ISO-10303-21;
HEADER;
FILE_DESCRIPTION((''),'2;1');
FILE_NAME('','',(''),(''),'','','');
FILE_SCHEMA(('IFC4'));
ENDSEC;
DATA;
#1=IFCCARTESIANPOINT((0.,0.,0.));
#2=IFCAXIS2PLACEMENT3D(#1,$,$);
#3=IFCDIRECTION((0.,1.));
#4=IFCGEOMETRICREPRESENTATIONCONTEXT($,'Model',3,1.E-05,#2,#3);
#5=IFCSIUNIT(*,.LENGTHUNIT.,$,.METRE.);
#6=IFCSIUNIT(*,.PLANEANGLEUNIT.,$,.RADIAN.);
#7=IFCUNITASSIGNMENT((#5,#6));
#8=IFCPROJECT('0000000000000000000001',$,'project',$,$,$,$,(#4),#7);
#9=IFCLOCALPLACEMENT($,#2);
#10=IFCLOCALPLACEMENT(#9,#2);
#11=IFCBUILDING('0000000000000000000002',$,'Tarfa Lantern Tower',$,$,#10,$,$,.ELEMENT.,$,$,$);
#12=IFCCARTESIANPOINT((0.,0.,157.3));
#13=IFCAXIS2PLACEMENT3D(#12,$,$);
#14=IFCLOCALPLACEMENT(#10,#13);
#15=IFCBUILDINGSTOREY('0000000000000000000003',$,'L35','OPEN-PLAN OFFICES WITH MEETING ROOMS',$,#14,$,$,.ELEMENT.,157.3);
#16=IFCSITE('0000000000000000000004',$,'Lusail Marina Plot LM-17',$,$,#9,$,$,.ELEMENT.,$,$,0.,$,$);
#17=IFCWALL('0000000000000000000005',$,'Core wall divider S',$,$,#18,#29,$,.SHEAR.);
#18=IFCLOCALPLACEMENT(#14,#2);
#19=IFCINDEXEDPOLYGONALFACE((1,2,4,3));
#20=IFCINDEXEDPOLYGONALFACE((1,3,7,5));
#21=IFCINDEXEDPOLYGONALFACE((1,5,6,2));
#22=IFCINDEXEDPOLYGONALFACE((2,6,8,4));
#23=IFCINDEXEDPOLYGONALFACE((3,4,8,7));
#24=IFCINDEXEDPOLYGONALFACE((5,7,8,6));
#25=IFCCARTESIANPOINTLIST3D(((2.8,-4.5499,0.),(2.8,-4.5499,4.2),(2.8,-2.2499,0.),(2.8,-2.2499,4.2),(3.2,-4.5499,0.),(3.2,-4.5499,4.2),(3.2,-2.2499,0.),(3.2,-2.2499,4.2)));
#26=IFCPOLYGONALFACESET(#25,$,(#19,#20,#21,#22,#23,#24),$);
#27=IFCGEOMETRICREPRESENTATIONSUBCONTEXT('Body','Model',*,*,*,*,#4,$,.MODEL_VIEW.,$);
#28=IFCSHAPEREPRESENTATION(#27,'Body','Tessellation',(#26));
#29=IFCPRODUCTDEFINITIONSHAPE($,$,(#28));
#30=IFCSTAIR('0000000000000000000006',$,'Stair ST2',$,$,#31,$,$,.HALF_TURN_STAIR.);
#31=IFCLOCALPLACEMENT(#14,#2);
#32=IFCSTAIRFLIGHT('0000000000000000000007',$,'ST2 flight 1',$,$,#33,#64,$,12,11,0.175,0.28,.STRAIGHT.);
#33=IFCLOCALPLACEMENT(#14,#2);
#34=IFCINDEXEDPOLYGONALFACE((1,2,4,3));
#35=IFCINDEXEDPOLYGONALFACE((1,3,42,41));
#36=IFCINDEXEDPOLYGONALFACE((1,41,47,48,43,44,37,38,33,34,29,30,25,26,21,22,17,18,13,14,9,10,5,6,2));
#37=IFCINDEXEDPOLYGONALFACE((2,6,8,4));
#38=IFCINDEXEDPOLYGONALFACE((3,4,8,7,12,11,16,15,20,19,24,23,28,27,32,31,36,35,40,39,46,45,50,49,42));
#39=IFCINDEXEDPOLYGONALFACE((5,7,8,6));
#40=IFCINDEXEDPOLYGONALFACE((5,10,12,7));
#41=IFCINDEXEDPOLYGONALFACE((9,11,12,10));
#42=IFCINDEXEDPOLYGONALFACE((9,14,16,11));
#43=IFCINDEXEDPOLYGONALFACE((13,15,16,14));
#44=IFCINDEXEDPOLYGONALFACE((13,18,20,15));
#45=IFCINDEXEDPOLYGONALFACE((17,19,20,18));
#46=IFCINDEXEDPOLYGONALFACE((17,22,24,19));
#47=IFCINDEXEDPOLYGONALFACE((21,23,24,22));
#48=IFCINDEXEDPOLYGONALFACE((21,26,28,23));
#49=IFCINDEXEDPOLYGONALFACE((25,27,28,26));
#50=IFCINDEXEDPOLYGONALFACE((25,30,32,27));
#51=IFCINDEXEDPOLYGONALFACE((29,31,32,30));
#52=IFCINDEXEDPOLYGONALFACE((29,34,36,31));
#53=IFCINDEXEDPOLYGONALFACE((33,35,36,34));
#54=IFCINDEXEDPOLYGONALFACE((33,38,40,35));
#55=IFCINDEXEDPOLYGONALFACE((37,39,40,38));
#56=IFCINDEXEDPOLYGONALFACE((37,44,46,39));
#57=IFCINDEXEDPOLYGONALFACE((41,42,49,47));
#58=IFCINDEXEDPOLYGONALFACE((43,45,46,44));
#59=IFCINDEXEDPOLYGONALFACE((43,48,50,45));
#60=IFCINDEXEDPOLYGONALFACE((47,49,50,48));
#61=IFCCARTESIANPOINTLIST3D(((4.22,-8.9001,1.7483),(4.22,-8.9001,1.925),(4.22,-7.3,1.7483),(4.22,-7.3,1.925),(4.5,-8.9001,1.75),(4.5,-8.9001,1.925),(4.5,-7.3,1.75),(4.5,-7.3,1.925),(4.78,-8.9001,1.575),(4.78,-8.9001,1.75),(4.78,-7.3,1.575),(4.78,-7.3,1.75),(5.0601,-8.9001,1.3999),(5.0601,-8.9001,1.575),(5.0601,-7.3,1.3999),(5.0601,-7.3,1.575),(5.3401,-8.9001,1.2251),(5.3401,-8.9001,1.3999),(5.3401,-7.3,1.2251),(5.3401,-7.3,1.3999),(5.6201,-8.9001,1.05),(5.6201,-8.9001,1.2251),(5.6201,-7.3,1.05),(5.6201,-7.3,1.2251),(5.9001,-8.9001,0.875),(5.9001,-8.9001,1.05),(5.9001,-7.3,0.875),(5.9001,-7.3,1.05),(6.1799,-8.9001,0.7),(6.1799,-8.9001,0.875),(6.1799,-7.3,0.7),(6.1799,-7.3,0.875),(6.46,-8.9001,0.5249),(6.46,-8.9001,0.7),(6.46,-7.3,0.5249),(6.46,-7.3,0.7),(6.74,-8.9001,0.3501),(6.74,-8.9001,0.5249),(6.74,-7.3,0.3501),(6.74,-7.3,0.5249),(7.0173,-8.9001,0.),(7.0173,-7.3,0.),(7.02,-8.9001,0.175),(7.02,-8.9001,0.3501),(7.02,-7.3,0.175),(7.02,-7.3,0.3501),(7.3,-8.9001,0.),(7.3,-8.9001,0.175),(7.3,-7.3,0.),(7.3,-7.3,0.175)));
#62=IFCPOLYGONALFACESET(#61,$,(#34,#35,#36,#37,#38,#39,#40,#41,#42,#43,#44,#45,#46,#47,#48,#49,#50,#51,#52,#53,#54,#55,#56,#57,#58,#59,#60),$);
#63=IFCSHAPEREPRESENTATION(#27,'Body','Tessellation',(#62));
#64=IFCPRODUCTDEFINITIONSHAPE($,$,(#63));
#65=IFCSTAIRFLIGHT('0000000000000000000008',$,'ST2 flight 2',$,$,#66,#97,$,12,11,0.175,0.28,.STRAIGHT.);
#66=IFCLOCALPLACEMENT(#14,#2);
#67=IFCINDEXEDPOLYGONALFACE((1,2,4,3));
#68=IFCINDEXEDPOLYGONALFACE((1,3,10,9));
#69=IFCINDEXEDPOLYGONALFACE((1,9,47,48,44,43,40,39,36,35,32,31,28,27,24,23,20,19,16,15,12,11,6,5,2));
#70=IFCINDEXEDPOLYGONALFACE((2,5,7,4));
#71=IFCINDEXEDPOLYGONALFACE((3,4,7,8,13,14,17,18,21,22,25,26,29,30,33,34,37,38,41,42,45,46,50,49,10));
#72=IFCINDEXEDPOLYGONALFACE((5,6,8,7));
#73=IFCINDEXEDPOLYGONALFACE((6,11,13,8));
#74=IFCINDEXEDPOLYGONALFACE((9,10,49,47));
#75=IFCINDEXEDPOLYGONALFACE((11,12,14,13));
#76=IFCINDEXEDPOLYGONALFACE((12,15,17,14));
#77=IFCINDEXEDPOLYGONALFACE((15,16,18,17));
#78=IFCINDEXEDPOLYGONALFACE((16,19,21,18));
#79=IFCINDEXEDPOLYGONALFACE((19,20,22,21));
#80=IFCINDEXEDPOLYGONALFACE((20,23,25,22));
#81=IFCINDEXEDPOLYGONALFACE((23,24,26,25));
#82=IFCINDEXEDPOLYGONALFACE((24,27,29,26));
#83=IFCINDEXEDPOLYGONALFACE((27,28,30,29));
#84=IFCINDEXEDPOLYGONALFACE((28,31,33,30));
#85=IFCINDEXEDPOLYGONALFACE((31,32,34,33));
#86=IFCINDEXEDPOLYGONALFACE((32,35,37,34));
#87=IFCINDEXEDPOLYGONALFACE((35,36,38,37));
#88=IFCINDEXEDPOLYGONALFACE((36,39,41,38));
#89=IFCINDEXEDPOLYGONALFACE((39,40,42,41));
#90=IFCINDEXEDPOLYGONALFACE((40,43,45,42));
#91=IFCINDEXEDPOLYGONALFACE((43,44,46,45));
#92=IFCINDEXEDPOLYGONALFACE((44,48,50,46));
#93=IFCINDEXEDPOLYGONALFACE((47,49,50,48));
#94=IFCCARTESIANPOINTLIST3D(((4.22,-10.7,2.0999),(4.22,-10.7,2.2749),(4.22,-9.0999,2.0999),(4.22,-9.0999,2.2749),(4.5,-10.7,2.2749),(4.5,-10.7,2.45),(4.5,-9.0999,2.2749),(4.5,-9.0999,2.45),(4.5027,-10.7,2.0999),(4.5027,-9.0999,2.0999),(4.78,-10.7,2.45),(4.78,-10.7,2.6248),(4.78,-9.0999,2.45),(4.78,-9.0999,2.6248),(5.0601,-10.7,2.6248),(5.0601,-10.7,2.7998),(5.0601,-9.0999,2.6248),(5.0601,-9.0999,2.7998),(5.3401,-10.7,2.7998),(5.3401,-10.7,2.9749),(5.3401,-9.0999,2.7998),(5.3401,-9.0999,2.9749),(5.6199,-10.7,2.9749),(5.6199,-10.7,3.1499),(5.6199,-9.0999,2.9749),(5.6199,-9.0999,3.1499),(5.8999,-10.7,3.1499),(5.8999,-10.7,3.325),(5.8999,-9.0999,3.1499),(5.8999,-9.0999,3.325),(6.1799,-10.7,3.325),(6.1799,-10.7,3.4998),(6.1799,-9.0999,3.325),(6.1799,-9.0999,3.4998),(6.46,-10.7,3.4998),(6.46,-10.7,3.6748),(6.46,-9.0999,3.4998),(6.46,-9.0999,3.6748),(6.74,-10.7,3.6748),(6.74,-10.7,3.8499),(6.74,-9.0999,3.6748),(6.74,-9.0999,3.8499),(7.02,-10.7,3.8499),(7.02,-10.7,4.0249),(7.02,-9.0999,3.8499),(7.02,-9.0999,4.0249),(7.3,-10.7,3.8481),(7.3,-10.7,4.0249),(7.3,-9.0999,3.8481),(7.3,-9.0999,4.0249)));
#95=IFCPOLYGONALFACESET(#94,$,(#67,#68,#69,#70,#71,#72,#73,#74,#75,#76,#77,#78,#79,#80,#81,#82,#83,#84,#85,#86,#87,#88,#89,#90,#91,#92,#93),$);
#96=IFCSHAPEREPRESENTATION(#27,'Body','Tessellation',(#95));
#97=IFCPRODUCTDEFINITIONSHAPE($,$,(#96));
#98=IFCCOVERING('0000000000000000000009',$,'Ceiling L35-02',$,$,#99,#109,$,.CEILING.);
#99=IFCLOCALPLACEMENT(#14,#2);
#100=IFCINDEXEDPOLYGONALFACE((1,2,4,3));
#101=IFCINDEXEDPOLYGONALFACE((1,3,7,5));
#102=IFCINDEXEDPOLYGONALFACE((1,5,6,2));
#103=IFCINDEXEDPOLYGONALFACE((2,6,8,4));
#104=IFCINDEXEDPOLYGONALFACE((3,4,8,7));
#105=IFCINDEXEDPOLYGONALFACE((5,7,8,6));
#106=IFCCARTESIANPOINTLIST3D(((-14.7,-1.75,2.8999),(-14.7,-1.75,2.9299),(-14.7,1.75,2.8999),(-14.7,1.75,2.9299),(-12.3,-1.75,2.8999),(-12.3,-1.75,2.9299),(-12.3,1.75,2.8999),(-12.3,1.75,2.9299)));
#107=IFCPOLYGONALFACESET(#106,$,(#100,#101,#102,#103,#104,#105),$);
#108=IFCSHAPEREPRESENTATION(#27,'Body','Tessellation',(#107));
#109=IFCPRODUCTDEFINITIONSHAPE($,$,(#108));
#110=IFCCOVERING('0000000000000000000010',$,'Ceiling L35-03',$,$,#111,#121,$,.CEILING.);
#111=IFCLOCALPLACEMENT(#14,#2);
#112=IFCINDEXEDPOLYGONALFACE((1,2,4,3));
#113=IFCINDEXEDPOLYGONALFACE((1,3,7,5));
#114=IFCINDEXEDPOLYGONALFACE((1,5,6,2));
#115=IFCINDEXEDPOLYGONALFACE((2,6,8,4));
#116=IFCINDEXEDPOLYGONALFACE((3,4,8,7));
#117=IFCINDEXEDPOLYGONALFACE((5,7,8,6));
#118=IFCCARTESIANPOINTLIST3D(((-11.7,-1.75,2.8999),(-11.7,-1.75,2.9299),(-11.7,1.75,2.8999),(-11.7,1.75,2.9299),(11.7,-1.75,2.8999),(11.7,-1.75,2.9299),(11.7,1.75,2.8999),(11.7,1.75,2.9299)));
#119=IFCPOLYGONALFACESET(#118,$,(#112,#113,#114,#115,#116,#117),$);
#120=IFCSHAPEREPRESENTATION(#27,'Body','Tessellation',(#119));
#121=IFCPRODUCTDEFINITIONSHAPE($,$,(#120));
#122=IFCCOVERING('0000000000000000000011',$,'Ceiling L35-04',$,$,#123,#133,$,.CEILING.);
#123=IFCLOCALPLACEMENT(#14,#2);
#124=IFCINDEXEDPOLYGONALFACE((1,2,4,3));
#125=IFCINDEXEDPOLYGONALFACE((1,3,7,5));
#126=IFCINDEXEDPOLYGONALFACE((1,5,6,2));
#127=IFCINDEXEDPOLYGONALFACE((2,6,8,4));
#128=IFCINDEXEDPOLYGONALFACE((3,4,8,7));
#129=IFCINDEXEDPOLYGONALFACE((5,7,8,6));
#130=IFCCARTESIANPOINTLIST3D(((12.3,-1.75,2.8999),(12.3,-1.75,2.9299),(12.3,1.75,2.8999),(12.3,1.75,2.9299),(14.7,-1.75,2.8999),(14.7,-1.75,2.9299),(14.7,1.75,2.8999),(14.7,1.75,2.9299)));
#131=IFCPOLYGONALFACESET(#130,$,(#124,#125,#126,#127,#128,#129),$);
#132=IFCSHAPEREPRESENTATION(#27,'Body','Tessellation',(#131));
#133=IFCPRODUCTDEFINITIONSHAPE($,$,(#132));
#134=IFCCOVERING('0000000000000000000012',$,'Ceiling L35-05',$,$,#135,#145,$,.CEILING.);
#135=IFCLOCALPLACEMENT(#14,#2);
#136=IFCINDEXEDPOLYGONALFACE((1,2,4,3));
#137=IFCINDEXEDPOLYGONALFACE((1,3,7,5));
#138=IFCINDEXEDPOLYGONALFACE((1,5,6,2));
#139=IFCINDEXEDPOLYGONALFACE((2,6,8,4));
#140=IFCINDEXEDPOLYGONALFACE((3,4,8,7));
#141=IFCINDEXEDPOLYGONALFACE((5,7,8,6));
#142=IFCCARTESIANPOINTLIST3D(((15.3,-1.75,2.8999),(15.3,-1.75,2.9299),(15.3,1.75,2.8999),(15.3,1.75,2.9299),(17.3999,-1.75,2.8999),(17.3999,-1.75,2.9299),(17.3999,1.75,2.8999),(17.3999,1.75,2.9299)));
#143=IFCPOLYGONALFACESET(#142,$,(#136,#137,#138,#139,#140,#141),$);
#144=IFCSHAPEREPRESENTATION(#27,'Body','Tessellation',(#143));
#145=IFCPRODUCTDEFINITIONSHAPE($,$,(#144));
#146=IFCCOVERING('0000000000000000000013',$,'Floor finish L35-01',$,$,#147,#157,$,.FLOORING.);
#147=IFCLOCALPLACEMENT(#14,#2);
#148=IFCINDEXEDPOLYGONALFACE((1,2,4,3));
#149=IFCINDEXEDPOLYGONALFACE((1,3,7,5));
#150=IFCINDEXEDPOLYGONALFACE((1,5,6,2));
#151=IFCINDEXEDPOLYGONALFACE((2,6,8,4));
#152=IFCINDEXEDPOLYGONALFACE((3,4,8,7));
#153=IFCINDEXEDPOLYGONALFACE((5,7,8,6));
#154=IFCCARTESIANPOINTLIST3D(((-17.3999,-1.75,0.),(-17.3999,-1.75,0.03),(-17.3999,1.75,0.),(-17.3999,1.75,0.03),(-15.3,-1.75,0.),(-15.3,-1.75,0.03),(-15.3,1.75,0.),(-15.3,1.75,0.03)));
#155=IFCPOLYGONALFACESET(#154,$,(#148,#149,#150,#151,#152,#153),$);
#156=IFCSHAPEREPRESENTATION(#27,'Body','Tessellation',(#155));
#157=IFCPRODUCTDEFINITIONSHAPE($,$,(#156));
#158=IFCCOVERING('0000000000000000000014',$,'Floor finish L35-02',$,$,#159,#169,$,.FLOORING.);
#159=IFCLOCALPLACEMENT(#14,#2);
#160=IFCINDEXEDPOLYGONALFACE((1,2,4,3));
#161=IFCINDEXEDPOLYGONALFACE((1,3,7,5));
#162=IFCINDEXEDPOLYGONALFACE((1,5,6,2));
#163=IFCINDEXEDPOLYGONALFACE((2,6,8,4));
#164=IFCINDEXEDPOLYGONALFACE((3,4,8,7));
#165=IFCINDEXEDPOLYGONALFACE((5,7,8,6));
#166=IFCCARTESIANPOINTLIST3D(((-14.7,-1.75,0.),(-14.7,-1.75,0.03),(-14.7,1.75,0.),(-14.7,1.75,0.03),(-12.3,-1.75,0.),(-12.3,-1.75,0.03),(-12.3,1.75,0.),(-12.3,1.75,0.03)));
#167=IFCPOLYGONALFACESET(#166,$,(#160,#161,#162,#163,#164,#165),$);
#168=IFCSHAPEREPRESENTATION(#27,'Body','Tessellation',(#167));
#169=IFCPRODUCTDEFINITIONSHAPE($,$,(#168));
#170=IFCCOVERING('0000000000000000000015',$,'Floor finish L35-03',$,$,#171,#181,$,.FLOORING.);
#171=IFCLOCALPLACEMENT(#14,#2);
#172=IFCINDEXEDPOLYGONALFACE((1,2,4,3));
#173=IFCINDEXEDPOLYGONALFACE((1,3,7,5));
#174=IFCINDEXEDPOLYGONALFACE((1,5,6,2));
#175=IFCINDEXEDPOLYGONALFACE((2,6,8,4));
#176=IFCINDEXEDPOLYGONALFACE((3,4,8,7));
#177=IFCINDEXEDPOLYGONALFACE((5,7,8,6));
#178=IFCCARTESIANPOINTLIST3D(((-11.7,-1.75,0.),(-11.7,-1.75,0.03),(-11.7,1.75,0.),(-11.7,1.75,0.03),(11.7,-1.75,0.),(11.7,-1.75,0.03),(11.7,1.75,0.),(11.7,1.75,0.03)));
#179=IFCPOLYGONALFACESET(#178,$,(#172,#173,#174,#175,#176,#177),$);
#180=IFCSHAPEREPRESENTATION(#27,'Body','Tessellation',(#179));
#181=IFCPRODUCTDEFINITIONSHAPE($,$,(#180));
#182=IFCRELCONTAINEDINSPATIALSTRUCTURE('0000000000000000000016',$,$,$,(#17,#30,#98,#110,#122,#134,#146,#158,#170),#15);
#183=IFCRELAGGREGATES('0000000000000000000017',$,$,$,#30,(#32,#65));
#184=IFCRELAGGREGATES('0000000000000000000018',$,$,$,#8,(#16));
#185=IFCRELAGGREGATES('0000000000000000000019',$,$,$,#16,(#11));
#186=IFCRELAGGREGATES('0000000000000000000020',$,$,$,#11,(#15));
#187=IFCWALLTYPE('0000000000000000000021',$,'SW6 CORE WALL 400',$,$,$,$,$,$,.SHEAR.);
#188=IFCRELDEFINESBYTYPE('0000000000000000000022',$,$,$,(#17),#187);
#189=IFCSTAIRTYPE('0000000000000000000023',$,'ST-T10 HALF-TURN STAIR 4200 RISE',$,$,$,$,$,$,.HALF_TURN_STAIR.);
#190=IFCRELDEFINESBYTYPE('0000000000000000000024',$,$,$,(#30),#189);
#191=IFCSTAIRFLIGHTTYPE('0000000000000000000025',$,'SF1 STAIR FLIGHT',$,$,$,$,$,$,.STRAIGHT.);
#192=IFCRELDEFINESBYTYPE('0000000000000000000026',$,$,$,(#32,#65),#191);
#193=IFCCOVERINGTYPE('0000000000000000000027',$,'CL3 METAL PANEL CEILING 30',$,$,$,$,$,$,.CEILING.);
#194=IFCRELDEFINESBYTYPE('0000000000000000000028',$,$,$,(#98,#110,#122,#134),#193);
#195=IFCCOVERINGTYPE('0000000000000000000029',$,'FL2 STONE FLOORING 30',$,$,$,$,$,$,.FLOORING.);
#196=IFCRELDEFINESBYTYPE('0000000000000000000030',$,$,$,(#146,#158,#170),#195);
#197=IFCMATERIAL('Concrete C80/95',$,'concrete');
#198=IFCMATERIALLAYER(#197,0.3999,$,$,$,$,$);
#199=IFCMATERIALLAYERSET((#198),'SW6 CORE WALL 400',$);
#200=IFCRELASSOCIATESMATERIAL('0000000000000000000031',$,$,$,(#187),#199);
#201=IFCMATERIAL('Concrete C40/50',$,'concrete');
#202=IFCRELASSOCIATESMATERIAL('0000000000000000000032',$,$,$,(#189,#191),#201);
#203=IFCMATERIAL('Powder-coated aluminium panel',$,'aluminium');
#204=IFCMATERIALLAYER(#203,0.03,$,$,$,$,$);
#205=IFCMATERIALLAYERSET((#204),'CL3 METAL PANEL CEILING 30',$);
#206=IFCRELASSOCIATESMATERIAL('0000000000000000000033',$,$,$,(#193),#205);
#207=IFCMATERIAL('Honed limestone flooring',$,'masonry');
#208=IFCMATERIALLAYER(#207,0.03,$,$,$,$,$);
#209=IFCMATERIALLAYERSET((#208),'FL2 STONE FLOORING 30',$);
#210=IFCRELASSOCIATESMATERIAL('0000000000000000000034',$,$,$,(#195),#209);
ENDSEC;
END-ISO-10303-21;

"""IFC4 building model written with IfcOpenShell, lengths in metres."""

from ifc_helpers import new_model, si_unit, direction, frame, frame_2d, origin, place, context, subcontext, project, spatial, polyline, rectangle, outline, extrude, material, layer, layer_set, type_object, element, aggregate, save


model = new_model("IFC4")

# Units and contexts
model_context = context("Model", 3, precision=1e-05, world=origin(), true_north=direction((0.0, 1.0)))
body_context = subcontext(model_context, "Body", "Model", "MODEL_VIEW")
ifc_project = project(units=[si_unit("LENGTHUNIT", "METRE"), si_unit("PLANEANGLEUNIT", "RADIAN")], contexts=[model_context])

# Site, building, storey
site_placement = place(None, origin())
site = spatial("IfcSite", under=ifc_project, at=site_placement, Name="Lusail Marina Plot LM-17", CompositionType="ELEMENT", RefElevation=0.0)
building_placement = place(site_placement, origin())
building = spatial("IfcBuilding", under=site, at=building_placement, Name="Tarfa Lantern Tower", CompositionType="ELEMENT")
storey_placement = place(building_placement, frame((0.0, 0.0, 157.3)))
storey = spatial("IfcBuildingStorey", under=building, at=storey_placement, Name="L35", Description="OPEN-PLAN OFFICES WITH MEETING ROOMS", CompositionType="ELEMENT", Elevation=157.3)

# Shared definitions
ifc_material_1 = material(Name="Concrete C80/95", Category="concrete")

# Wall
ifc_layer_1 = layer(ifc_material_1, 0.3999)
ifc_layer_set_1 = layer_set([ifc_layer_1], Name="SW6 CORE WALL 400")
wall_type_1 = type_object("IfcWallType", Name="SW6 CORE WALL 400", PredefinedType="SHEAR", material=ifc_layer_set_1)
for number, where, z_axis, x_axis, name in (
    (1, (3.0, -2.25, 0.0), (0.0, 0.0, 1.0), (0.0, -1.0, 0.0), "Core wall divider S"),
):
    element("IfcWall", number, at=place(storey_placement, frame(where, z_axis=z_axis, x_axis=x_axis)), inside=storey, type_object=wall_type_1, Name=name, PredefinedType="SHEAR", context=body_context, shape_type="SweptSolid", body=[
        extrude(rectangle(XDim=2.3, YDim=0.3999, at=frame_2d((1.1499, 0.0))), origin(), (0.0, 0.0, 1.0), 4.2),
    ])

# Stair, stair flights
ifc_material_2 = material(Name="Concrete C40/50", Category="concrete")
stair_type = type_object("IfcStairType", Name="ST-T10 HALF-TURN STAIR 4200 RISE", PredefinedType="HALF_TURN_STAIR", material=ifc_material_2)
stair_placement = place(storey_placement, origin())
stair = element("IfcStair", 2, at=stair_placement, inside=storey, type_object=stair_type, Name="Stair ST2", PredefinedType="HALF_TURN_STAIR")
stair_flight_type = type_object("IfcStairFlightType", Name="SF1 STAIR FLIGHT", PredefinedType="STRAIGHT", material=ifc_material_2)
stair_flight_1_placement = place(storey_placement, frame((7.3, -8.1001, 0.0), z_axis=(0.0, 0.0, 1.0), x_axis=(-1.0, 0.0, 0.0)))
stair_flight_1 = element("IfcStairFlight", 3, at=stair_flight_1_placement, type_object=stair_flight_type, Name="ST2 flight 1", NumberOfRisers=12, NumberOfTreads=11, PredefinedType="STRAIGHT", RiserHeight=0.175, TreadLength=0.28, context=body_context, shape_type="SweptSolid", body=[
    extrude(outline(polyline([(0.0, 0.0), (0.0, 0.175), (0.28, 0.175), (0.28, 0.3501), (0.5601, 0.3501), (0.5601, 0.5249), (0.8401, 0.5249), (0.8401, 0.7), (1.1201, 0.7), (1.1201, 0.875), (1.3999, 0.875), (1.3999, 1.05), (1.6799, 1.05), (1.6799, 1.2251), (1.96, 1.2251), (1.96, 1.3999), (2.24, 1.3999), (2.24, 1.575), (2.52, 1.575), (2.52, 1.75), (2.8, 1.75), (2.8, 1.925), (3.0801, 1.925), (3.0801, 2.1001), (3.0801, 1.7483), (0.2827, 0.0), (0.0, 0.0)])), frame((0.0, 0.8, 0.0), z_axis=(0.0, -1.0, 0.0), x_axis=(1.0, 0.0, 0.0)), (0.0, 0.0, 1.0), 1.6001),
])
stair_flight_2_placement = place(storey_placement, frame((4.22, -9.8999, 2.0999), z_axis=(0.0, 0.0, 1.0), x_axis=(1.0, 0.0, 0.0)))
stair_flight_2 = element("IfcStairFlight", 4, at=stair_flight_2_placement, type_object=stair_flight_type, Name="ST2 flight 2", NumberOfRisers=12, NumberOfTreads=11, PredefinedType="STRAIGHT", RiserHeight=0.175, TreadLength=0.28, context=body_context, shape_type="SweptSolid", body=[
    extrude(outline(polyline([(0.0, 0.0), (0.0, 0.175), (0.28, 0.175), (0.28, 0.3501), (0.5601, 0.3501), (0.5601, 0.5249), (0.8401, 0.5249), (0.8401, 0.7), (1.1201, 0.7), (1.1201, 0.875), (1.3999, 0.875), (1.3999, 1.05), (1.6799, 1.05), (1.6799, 1.2251), (1.96, 1.2251), (1.96, 1.3999), (2.24, 1.3999), (2.24, 1.575), (2.52, 1.575), (2.52, 1.75), (2.8, 1.75), (2.8, 1.925), (3.0801, 1.925), (3.0801, 2.1001), (3.0801, 1.7483), (0.2827, 0.0), (0.0, 0.0)])), frame((0.0, 0.8, 0.0), z_axis=(0.0, -1.0, 0.0), x_axis=(1.0, 0.0, 0.0)), (0.0, 0.0, 1.0), 1.6001),
])
aggregate(stair, [stair_flight_1, stair_flight_2])

# Coverings
ifc_material_3 = material(Name="Powder-coated aluminium panel", Category="aluminium")
ifc_layer_2 = layer(ifc_material_3, 0.03)
ifc_layer_set_2 = layer_set([ifc_layer_2], Name="CL3 METAL PANEL CEILING 30")
covering_type_1 = type_object("IfcCoveringType", Name="CL3 METAL PANEL CEILING 30", PredefinedType="CEILING", material=ifc_layer_set_2)
covering_1_placement = place(storey_placement, frame((0.0, 0.0, 2.8999)))
element("IfcCovering", 5, at=covering_1_placement, inside=storey, type_object=covering_type_1, Name="Ceiling L35-02", PredefinedType="CEILING", context=body_context, shape_type="SweptSolid", body=[
    extrude(outline(polyline([(-14.7, -1.75), (-12.3, -1.75), (-12.3, 1.75), (-14.7, 1.75), (-14.7, -1.75)])), origin(), (0.0, 0.0, 1.0), 0.03),
])
covering_2_placement = place(storey_placement, frame((0.0, 0.0, 2.8999)))
element("IfcCovering", 6, at=covering_2_placement, inside=storey, type_object=covering_type_1, Name="Ceiling L35-03", PredefinedType="CEILING", context=body_context, shape_type="SweptSolid", body=[
    extrude(outline(polyline([(-11.7, -1.75), (11.7, -1.75), (11.7, 1.75), (-11.7, 1.75), (-11.7, -1.75)])), origin(), (0.0, 0.0, 1.0), 0.03),
])
covering_3_placement = place(storey_placement, frame((0.0, 0.0, 2.8999)))
element("IfcCovering", 7, at=covering_3_placement, inside=storey, type_object=covering_type_1, Name="Ceiling L35-04", PredefinedType="CEILING", context=body_context, shape_type="SweptSolid", body=[
    extrude(outline(polyline([(12.3, -1.75), (14.7, -1.75), (14.7, 1.75), (12.3, 1.75), (12.3, -1.75)])), origin(), (0.0, 0.0, 1.0), 0.03),
])
covering_4_placement = place(storey_placement, frame((0.0, 0.0, 2.8999)))
element("IfcCovering", 8, at=covering_4_placement, inside=storey, type_object=covering_type_1, Name="Ceiling L35-05", PredefinedType="CEILING", context=body_context, shape_type="SweptSolid", body=[
    extrude(outline(polyline([(15.3, -1.75), (17.3999, -1.75), (17.3999, 1.75), (15.3, 1.75), (15.3, -1.75)])), origin(), (0.0, 0.0, 1.0), 0.03),
])
ifc_material_4 = material(Name="Honed limestone flooring", Category="masonry")
ifc_layer_3 = layer(ifc_material_4, 0.03)
ifc_layer_set_3 = layer_set([ifc_layer_3], Name="FL2 STONE FLOORING 30")
covering_type_2 = type_object("IfcCoveringType", Name="FL2 STONE FLOORING 30", PredefinedType="FLOORING", material=ifc_layer_set_3)
covering_5_placement = place(storey_placement, origin())
element("IfcCovering", 9, at=covering_5_placement, inside=storey, type_object=covering_type_2, Name="Floor finish L35-01", PredefinedType="FLOORING", context=body_context, shape_type="SweptSolid", body=[
    extrude(outline(polyline([(-17.3999, -1.75), (-15.3, -1.75), (-15.3, 1.75), (-17.3999, 1.75), (-17.3999, -1.75)])), origin(), (0.0, 0.0, 1.0), 0.03),
])
covering_6_placement = place(storey_placement, origin())
element("IfcCovering", 10, at=covering_6_placement, inside=storey, type_object=covering_type_2, Name="Floor finish L35-02", PredefinedType="FLOORING", context=body_context, shape_type="SweptSolid", body=[
    extrude(outline(polyline([(-14.7, -1.75), (-12.3, -1.75), (-12.3, 1.75), (-14.7, 1.75), (-14.7, -1.75)])), origin(), (0.0, 0.0, 1.0), 0.03),
])
covering_7_placement = place(storey_placement, origin())
element("IfcCovering", 11, at=covering_7_placement, inside=storey, type_object=covering_type_2, Name="Floor finish L35-03", PredefinedType="FLOORING", context=body_context, shape_type="SweptSolid", body=[
    extrude(outline(polyline([(-11.7, -1.75), (11.7, -1.75), (11.7, 1.75), (-11.7, 1.75), (-11.7, -1.75)])), origin(), (0.0, 0.0, 1.0), 0.03),
])

save(model, "model.ifc")
